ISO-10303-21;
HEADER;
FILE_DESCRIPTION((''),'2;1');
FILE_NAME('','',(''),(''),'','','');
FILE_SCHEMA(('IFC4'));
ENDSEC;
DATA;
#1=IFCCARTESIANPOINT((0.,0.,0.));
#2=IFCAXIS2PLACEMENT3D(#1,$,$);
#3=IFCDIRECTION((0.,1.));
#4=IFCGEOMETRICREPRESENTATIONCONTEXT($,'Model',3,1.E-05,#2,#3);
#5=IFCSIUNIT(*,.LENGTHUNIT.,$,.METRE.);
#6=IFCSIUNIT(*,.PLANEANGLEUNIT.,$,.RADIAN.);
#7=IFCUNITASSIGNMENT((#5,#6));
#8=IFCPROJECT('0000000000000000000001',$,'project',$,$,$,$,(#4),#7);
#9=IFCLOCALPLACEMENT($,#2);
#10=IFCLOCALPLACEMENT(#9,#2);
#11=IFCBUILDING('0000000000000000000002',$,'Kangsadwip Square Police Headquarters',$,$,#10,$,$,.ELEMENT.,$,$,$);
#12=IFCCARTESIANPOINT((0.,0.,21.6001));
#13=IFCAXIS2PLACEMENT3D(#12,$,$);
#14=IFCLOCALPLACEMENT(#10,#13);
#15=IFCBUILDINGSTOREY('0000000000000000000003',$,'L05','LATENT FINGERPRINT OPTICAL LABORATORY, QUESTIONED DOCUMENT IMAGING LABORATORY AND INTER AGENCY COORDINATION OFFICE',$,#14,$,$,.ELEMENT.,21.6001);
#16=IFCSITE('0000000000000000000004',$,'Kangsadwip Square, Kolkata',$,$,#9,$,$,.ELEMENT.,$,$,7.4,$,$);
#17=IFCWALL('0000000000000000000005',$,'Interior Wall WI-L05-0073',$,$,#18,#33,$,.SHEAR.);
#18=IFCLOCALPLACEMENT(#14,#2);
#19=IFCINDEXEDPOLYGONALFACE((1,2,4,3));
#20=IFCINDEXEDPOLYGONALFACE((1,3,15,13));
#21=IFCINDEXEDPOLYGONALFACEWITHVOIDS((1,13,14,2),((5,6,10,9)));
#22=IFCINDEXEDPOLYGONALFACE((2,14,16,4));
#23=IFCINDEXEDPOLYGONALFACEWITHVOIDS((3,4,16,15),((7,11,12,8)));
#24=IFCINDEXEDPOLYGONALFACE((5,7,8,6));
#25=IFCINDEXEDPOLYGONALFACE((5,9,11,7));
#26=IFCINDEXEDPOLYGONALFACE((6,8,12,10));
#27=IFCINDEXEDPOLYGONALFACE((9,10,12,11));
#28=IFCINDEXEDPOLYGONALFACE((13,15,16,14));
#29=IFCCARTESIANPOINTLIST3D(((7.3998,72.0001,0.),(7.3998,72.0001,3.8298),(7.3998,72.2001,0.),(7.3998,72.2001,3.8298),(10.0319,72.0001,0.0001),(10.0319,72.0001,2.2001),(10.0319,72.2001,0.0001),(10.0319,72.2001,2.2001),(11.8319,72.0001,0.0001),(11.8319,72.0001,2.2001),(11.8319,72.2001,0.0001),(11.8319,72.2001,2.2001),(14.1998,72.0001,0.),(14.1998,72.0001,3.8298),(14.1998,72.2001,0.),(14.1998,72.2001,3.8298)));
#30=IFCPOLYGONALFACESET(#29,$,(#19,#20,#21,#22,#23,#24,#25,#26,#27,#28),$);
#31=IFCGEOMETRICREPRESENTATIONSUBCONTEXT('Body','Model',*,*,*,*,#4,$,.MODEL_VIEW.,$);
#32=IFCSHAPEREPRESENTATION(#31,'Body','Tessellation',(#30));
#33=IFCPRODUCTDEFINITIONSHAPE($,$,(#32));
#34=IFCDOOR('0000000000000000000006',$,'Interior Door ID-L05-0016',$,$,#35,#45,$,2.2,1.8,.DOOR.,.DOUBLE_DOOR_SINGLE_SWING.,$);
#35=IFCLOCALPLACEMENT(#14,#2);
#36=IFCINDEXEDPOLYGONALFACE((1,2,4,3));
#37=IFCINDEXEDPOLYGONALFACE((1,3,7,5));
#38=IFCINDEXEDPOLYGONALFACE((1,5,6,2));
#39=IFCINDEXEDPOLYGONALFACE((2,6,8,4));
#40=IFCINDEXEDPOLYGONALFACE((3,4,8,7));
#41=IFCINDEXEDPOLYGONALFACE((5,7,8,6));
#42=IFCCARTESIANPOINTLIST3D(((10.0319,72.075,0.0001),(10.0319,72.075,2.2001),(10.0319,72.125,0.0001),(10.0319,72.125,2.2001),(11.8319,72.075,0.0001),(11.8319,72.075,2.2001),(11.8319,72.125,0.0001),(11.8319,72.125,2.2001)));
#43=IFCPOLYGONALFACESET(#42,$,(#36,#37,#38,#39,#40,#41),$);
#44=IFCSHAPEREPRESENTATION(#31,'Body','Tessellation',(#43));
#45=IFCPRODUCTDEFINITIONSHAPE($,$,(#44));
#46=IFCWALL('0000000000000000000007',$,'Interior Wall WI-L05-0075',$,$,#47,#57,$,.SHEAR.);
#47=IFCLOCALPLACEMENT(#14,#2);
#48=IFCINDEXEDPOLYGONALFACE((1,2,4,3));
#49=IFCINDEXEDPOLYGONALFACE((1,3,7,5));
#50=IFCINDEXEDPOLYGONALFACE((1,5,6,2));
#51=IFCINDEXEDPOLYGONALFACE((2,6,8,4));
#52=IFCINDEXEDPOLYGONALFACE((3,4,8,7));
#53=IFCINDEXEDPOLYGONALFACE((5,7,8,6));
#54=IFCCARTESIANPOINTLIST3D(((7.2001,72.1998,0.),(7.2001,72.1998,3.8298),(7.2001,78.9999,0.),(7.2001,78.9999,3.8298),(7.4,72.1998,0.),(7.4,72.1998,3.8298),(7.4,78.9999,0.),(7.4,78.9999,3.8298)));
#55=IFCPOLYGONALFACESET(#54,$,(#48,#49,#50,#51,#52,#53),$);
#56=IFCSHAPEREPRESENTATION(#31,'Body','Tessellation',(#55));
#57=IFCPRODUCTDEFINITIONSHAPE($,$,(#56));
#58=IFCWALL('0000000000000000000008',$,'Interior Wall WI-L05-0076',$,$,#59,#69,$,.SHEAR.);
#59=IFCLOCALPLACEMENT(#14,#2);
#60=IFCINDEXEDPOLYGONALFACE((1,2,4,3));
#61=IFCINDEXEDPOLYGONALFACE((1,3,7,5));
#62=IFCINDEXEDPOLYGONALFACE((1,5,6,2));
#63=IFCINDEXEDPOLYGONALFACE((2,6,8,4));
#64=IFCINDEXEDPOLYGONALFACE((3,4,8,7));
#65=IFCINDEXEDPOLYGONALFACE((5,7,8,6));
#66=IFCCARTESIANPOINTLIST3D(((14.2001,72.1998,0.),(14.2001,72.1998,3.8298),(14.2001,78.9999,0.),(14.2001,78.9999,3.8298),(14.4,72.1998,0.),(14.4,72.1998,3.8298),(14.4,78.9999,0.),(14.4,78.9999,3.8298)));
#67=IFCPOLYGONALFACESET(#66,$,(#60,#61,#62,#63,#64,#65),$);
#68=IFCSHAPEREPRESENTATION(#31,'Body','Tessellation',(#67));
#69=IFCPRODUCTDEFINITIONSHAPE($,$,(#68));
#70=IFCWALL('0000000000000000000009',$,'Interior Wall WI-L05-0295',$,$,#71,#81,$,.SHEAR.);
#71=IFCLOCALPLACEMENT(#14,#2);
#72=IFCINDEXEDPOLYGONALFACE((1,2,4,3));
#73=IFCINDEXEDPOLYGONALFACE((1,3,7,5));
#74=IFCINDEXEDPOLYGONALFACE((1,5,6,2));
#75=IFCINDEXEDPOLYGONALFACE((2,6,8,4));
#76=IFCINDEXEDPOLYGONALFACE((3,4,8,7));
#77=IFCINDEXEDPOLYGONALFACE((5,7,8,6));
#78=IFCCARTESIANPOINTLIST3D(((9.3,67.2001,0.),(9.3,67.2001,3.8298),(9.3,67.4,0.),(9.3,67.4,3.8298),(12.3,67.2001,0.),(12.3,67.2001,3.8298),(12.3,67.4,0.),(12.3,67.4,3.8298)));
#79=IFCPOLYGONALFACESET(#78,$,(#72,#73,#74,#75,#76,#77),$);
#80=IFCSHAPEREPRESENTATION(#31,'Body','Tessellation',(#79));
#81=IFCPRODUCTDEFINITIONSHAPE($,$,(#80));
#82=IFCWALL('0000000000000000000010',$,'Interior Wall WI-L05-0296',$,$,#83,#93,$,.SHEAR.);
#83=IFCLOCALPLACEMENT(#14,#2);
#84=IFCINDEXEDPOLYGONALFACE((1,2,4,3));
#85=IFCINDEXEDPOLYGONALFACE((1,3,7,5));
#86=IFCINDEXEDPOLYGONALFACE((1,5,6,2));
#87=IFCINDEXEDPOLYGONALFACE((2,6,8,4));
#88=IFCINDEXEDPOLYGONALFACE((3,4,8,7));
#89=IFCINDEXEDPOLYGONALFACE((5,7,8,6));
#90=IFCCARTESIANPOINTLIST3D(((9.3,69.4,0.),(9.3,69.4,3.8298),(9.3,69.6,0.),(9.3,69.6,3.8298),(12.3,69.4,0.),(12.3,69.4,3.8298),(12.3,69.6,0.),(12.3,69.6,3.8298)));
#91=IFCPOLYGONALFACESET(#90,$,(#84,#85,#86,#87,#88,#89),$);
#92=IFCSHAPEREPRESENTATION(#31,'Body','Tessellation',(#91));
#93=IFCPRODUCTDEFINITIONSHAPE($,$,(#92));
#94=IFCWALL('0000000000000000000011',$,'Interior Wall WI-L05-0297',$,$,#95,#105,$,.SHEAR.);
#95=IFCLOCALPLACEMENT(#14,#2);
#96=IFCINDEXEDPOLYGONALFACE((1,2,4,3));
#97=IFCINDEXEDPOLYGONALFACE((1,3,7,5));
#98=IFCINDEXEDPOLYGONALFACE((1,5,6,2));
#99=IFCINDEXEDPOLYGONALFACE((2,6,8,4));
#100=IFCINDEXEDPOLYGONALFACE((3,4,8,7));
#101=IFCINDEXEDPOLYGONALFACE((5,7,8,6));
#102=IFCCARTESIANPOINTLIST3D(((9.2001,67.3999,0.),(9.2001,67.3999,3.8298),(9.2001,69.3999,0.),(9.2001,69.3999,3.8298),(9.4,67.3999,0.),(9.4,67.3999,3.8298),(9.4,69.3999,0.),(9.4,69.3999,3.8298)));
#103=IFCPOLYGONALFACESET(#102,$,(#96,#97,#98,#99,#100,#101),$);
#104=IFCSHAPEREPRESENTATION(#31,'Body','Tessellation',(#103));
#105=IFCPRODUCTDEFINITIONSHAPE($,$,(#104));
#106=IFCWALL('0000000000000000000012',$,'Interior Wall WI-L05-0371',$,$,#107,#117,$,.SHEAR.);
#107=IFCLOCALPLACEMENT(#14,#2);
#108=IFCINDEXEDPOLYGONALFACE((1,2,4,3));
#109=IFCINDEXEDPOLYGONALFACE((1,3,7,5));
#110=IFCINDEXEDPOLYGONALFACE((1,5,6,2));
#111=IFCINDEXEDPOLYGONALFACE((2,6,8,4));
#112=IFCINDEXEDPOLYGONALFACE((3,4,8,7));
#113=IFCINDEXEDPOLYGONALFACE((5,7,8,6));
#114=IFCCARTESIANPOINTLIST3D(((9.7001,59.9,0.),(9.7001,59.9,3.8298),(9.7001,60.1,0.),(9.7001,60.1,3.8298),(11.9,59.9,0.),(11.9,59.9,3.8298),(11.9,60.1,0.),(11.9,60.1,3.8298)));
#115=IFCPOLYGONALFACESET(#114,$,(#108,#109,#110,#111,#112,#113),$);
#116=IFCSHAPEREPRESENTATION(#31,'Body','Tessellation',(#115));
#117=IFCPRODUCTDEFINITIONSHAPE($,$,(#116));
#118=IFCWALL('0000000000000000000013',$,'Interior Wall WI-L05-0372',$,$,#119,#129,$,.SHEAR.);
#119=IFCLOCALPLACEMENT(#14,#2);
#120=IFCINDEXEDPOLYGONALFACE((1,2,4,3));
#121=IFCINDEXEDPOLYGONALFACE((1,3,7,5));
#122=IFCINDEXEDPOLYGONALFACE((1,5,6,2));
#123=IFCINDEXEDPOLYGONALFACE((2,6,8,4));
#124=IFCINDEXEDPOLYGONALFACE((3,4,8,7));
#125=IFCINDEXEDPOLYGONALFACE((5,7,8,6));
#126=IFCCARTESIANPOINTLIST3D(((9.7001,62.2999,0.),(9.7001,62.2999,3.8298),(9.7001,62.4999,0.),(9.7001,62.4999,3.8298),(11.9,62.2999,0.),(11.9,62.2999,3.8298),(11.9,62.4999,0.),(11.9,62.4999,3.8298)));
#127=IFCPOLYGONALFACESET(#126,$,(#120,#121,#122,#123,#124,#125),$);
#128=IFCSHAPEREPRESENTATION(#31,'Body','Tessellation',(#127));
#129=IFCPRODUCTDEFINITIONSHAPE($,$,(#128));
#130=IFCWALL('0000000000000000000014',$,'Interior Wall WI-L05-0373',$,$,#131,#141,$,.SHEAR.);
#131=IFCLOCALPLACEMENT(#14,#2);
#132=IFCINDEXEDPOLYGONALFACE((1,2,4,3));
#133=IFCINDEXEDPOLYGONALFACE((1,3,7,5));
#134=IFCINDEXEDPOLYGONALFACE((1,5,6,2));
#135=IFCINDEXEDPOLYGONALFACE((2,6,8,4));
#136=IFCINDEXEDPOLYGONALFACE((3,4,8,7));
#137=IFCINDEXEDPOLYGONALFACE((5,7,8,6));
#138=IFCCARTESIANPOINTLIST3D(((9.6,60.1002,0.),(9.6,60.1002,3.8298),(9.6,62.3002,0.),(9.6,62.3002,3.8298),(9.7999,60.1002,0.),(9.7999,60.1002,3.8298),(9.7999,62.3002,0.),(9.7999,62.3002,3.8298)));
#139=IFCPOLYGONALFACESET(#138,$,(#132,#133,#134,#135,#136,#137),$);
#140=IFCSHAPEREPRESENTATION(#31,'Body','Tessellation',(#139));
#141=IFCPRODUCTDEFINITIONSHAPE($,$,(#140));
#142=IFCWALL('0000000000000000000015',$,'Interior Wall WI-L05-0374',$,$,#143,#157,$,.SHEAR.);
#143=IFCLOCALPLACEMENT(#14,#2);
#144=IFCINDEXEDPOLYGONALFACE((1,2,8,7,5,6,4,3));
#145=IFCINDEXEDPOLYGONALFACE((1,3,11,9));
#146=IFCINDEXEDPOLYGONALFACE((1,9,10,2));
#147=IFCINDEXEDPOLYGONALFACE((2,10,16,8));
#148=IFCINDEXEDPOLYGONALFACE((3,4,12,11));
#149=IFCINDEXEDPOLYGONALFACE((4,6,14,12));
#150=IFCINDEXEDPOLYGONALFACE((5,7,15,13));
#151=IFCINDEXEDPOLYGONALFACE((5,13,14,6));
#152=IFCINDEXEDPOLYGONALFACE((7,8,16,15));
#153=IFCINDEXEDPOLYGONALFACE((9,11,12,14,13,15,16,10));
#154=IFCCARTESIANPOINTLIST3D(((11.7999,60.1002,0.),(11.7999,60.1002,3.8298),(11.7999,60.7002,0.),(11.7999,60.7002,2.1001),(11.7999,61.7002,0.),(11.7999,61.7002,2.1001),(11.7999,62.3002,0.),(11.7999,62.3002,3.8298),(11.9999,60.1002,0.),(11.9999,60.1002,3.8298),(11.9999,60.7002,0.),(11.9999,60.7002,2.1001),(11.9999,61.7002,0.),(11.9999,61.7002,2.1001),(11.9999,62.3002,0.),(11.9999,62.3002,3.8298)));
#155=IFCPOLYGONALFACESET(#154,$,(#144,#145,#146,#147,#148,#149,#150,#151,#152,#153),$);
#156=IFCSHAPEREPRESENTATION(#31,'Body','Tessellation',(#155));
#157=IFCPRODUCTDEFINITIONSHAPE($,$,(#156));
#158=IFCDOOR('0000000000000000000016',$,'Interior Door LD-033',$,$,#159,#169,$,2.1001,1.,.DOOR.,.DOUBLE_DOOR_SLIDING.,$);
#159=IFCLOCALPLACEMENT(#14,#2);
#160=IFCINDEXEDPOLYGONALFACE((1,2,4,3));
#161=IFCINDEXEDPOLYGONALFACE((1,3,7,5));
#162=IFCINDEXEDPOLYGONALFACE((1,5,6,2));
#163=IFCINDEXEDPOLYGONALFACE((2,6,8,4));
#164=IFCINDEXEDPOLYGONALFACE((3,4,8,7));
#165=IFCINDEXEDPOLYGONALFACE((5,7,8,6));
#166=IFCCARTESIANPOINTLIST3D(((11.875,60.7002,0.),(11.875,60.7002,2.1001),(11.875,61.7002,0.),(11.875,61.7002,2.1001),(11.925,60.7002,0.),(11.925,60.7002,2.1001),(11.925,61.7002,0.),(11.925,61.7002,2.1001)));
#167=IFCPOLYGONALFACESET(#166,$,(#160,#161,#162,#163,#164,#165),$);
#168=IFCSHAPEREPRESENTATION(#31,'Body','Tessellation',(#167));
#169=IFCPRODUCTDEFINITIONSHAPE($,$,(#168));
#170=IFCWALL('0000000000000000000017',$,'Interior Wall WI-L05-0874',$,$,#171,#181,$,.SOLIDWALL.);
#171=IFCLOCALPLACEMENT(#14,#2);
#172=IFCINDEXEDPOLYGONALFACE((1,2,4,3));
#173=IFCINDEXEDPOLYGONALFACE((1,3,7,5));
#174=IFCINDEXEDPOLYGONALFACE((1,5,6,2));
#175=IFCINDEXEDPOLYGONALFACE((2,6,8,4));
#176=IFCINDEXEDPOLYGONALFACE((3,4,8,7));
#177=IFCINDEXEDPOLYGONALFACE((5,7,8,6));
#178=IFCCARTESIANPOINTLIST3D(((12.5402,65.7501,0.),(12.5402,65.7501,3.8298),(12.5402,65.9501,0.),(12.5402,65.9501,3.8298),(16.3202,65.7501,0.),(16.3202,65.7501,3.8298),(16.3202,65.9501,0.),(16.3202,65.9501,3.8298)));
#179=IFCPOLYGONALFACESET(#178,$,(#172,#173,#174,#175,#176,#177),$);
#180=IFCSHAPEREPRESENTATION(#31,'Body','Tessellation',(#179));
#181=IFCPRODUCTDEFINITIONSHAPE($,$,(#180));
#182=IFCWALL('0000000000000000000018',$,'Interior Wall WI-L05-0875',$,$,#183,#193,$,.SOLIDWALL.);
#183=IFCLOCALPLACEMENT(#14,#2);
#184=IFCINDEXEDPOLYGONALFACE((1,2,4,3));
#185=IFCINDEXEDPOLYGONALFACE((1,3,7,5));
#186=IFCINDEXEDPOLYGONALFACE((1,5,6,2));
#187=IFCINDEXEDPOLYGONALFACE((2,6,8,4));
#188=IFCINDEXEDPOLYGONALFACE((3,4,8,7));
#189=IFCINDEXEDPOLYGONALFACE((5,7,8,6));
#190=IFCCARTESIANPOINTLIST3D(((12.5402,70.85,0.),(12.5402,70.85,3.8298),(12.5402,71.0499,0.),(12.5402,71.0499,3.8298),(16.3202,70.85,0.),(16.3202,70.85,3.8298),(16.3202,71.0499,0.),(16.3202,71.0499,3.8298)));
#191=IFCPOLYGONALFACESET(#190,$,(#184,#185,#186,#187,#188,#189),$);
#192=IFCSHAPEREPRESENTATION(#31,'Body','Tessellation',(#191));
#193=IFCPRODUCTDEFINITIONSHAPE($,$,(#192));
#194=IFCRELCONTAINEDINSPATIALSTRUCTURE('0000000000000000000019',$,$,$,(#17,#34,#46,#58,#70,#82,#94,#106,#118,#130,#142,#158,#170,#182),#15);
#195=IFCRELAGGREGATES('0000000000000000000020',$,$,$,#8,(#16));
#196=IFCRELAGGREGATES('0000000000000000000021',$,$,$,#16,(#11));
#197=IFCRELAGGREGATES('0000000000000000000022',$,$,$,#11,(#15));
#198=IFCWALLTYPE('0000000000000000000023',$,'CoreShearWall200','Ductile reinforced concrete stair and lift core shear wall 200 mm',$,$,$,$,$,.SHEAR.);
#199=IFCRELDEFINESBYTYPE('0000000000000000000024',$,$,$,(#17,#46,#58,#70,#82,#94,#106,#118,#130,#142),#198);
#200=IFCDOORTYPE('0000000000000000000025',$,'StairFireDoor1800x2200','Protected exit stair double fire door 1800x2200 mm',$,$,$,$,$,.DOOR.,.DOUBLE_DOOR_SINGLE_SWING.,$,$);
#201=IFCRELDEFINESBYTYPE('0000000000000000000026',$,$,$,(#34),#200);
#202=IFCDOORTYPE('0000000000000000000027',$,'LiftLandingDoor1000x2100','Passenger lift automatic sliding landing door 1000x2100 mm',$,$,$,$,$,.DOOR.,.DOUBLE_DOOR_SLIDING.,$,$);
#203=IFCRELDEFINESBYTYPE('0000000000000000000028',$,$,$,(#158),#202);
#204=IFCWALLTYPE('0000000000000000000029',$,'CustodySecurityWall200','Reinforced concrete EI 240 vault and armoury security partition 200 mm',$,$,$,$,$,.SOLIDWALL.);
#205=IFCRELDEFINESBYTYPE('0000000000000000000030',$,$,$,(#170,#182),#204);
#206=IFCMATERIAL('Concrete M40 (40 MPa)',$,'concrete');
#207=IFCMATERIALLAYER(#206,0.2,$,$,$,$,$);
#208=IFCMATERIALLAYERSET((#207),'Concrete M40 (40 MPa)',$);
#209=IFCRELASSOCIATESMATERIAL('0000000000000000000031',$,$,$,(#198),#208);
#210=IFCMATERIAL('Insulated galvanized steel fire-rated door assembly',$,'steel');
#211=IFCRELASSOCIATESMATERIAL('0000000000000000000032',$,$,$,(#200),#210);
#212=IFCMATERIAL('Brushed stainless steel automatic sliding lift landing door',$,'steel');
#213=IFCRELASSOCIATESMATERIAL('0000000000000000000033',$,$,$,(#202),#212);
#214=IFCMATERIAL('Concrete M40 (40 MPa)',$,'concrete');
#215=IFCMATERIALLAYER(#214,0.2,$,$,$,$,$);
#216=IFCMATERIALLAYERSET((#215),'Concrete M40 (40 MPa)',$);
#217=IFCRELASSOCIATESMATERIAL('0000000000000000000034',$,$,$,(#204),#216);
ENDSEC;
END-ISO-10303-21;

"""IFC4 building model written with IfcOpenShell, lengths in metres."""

from ifc_helpers import new_model, si_unit, direction, frame, frame_2d, origin, place, context, subcontext, project, spatial, rectangle, extrude, material, layer, layer_set, type_object, element, fill, save


model = new_model("IFC4")

# Units and contexts
model_context = context("Model", 3, precision=1e-05, world=origin(), true_north=direction((0.0, 1.0)))
body_context = subcontext(model_context, "Body", "Model", "MODEL_VIEW")
ifc_project = project(units=[si_unit("LENGTHUNIT", "METRE"), si_unit("PLANEANGLEUNIT", "RADIAN")], contexts=[model_context])

# Site, building, storey
site_placement = place(None, origin())
site = spatial("IfcSite", under=ifc_project, at=site_placement, Name="Kangsadwip Square, Kolkata", CompositionType="ELEMENT", RefElevation=7.4)
building_placement = place(site_placement, origin())
building = spatial("IfcBuilding", under=site, at=building_placement, Name="Kangsadwip Square Police Headquarters", CompositionType="ELEMENT")
storey_placement = place(building_placement, frame((0.0, 0.0, 21.6001)))
storey = spatial("IfcBuildingStorey", under=building, at=storey_placement, Name="L05", Description="LATENT FINGERPRINT OPTICAL LABORATORY, QUESTIONED DOCUMENT IMAGING LABORATORY AND INTER AGENCY COORDINATION OFFICE", CompositionType="ELEMENT", Elevation=21.6001)

# Wall, opening, door
ifc_material_1 = material(Name="Concrete M40 (40 MPa)", Category="concrete")
ifc_layer_1 = layer(ifc_material_1, 0.2)
ifc_layer_set_1 = layer_set([ifc_layer_1], Name="Concrete M40 (40 MPa)")
wall_type_1 = type_object("IfcWallType", Name="CoreShearWall200", Description="Ductile reinforced concrete stair and lift core shear wall 200 mm", PredefinedType="SHEAR", material=ifc_layer_set_1)
wall_1_placement = place(storey_placement, frame((7.3999, 72.1001, 0.0), z_axis=(0.0, 0.0, 1.0), x_axis=(1.0, 0.0, 0.0)))
wall_1 = element("IfcWall", 1, at=wall_1_placement, inside=storey, type_object=wall_type_1, Name="Interior Wall WI-L05-0073", PredefinedType="SHEAR", context=body_context, shape_type="SweptSolid", body=[
    extrude(rectangle(XDim=6.8, YDim=0.2, at=frame_2d((3.3999, 0.0))), origin(), (0.0, 0.0, 1.0), 3.8298),
])
opening_1_placement = place(wall_1_placement, frame((2.6321, 0.0, 0.0)))
opening_1 = element("IfcOpeningElement", 2, at=opening_1_placement, cuts=wall_1, PredefinedType="OPENING", context=body_context, shape_type="SweptSolid", body=[
    extrude(rectangle(XDim=1.8, YDim=2.2, at=frame_2d((0.8999, 1.1001))), frame((0.0, 0.1099, 0.0), z_axis=(0.0, -1.0, 0.0), x_axis=(1.0, 0.0, 0.0)), (0.0, 0.0, 1.0), 0.22),
])
ifc_material_2 = material(Name="Insulated galvanized steel fire-rated door assembly", Category="steel")
door_type_1 = type_object("IfcDoorType", Name="StairFireDoor1800x2200", Description="Protected exit stair double fire door 1800x2200 mm", OperationType="DOUBLE_DOOR_SINGLE_SWING", PredefinedType="DOOR", material=ifc_material_2)
door_1_placement = place(opening_1_placement, origin())
door_1 = element("IfcDoor", 3, at=door_1_placement, inside=storey, type_object=door_type_1, Name="Interior Door ID-L05-0016", OperationType="DOUBLE_DOOR_SINGLE_SWING", OverallHeight=2.2, OverallWidth=1.8, PredefinedType="DOOR", context=body_context, shape_type="SweptSolid", body=[
    extrude(rectangle(XDim=1.8, YDim=2.2, at=frame_2d((0.8999, 1.1001))), frame((0.0, 0.0249, 0.0), z_axis=(0.0, -1.0, 0.0), x_axis=(1.0, 0.0, 0.0)), (0.0, 0.0, 1.0), 0.05),
])
fill(opening_1, door_1)

# Walls
for number, where, z_axis, x_axis, name in (
    (4, (7.3, 72.2, 0.0), (0.0, 0.0, 1.0), (0.0, 1.0, 0.0), "Interior Wall WI-L05-0075"),
    (5, (14.3, 72.2, 0.0), (0.0, 0.0, 1.0), (0.0, 1.0, 0.0), "Interior Wall WI-L05-0076"),
):
    element("IfcWall", number, at=place(storey_placement, frame(where, z_axis=z_axis, x_axis=x_axis)), inside=storey, type_object=wall_type_1, Name=name, PredefinedType="SHEAR", context=body_context, shape_type="SweptSolid", body=[
        extrude(rectangle(XDim=6.8, YDim=0.2, at=frame_2d((3.3999, 0.0))), origin(), (0.0, 0.0, 1.0), 3.8298),
    ])
for number, where, z_axis, x_axis, name in (
    (6, (9.3, 67.3, 0.0), (0.0, 0.0, 1.0), (1.0, 0.0, 0.0), "Interior Wall WI-L05-0295"),
    (7, (9.3, 69.5, 0.0), (0.0, 0.0, 1.0), (1.0, 0.0, 0.0), "Interior Wall WI-L05-0296"),
):
    element("IfcWall", number, at=place(storey_placement, frame(where, z_axis=z_axis, x_axis=x_axis)), inside=storey, type_object=wall_type_1, Name=name, PredefinedType="SHEAR", context=body_context, shape_type="SweptSolid", body=[
        extrude(rectangle(XDim=3.0, YDim=0.2, at=frame_2d((1.5, 0.0))), origin(), (0.0, 0.0, 1.0), 3.8298),
    ])
wall_2_placement = place(storey_placement, frame((9.3, 67.3999, 0.0), z_axis=(0.0, 0.0, 1.0), x_axis=(0.0, 1.0, 0.0)))
element("IfcWall", 8, at=wall_2_placement, inside=storey, type_object=wall_type_1, Name="Interior Wall WI-L05-0297", PredefinedType="SHEAR", context=body_context, shape_type="SweptSolid", body=[
    extrude(rectangle(XDim=2.0, YDim=0.2, at=frame_2d((1.0, 0.0))), origin(), (0.0, 0.0, 1.0), 3.8298),
])

# Walls
for number, where, z_axis, x_axis, name in (
    (9, (9.7, 60.0, 0.0), (0.0, 0.0, 1.0), (1.0, 0.0, 0.0), "Interior Wall WI-L05-0371"),
    (10, (9.7, 62.3999, 0.0), (0.0, 0.0, 1.0), (1.0, 0.0, 0.0), "Interior Wall WI-L05-0372"),
    (11, (9.7, 60.1001, 0.0), (0.0, 0.0, 1.0), (0.0, 1.0, 0.0), "Interior Wall WI-L05-0373"),
):
    element("IfcWall", number, at=place(storey_placement, frame(where, z_axis=z_axis, x_axis=x_axis)), inside=storey, type_object=wall_type_1, Name=name, PredefinedType="SHEAR", context=body_context, shape_type="SweptSolid", body=[
        extrude(rectangle(XDim=2.2, YDim=0.2, at=frame_2d((1.1001, 0.0))), origin(), (0.0, 0.0, 1.0), 3.8298),
    ])

# Wall, opening, door
wall_3_placement = place(storey_placement, frame((11.8999, 60.1001, 0.0), z_axis=(0.0, 0.0, 1.0), x_axis=(0.0, 1.0, 0.0)))
wall_3 = element("IfcWall", 12, at=wall_3_placement, inside=storey, type_object=wall_type_1, Name="Interior Wall WI-L05-0374", PredefinedType="SHEAR", context=body_context, shape_type="SweptSolid", body=[
    extrude(rectangle(XDim=2.2, YDim=0.2, at=frame_2d((1.1001, 0.0))), origin(), (0.0, 0.0, 1.0), 3.8298),
])
opening_2_placement = place(wall_3_placement, frame((0.6001, 0.0, 0.0)))
opening_2 = element("IfcOpeningElement", 13, at=opening_2_placement, cuts=wall_3, PredefinedType="OPENING", context=body_context, shape_type="SweptSolid", body=[
    extrude(rectangle(XDim=1.0, YDim=2.1001, at=frame_2d((0.5, 1.05))), frame((0.0, 0.1099, 0.0), z_axis=(0.0, -1.0, 0.0), x_axis=(1.0, 0.0, 0.0)), (0.0, 0.0, 1.0), 0.22),
])
ifc_material_3 = material(Name="Brushed stainless steel automatic sliding lift landing door", Category="steel")
door_type_2 = type_object("IfcDoorType", Name="LiftLandingDoor1000x2100", Description="Passenger lift automatic sliding landing door 1000x2100 mm", OperationType="DOUBLE_DOOR_SLIDING", PredefinedType="DOOR", material=ifc_material_3)
door_2_placement = place(opening_2_placement, origin())
door_2 = element("IfcDoor", 14, at=door_2_placement, inside=storey, type_object=door_type_2, Name="Interior Door LD-033", OperationType="DOUBLE_DOOR_SLIDING", OverallHeight=2.1001, OverallWidth=1.0, PredefinedType="DOOR", context=body_context, shape_type="SweptSolid", body=[
    extrude(rectangle(XDim=1.0, YDim=2.1001, at=frame_2d((0.5, 1.05))), frame((0.0, 0.0249, 0.0), z_axis=(0.0, -1.0, 0.0), x_axis=(1.0, 0.0, 0.0)), (0.0, 0.0, 1.0), 0.05),
])
fill(opening_2, door_2)

# Walls
ifc_material_4 = material(Name="Concrete M40 (40 MPa)", Category="concrete")
ifc_layer_2 = layer(ifc_material_4, 0.2)
ifc_layer_set_2 = layer_set([ifc_layer_2], Name="Concrete M40 (40 MPa)")
wall_type_2 = type_object("IfcWallType", Name="CustodySecurityWall200", Description="Reinforced concrete EI 240 vault and armoury security partition 200 mm", PredefinedType="SOLIDWALL", material=ifc_layer_set_2)
for number, where, z_axis, x_axis, name in (
    (15, (12.54, 65.8501, 0.0), (0.0, 0.0, 1.0), (1.0, 0.0, 0.0), "Interior Wall WI-L05-0874"),
    (16, (12.54, 70.95, 0.0), (0.0, 0.0, 1.0), (1.0, 0.0, 0.0), "Interior Wall WI-L05-0875"),
):
    element("IfcWall", number, at=place(storey_placement, frame(where, z_axis=z_axis, x_axis=x_axis)), inside=storey, type_object=wall_type_2, Name=name, PredefinedType="SOLIDWALL", context=body_context, shape_type="SweptSolid", body=[
        extrude(rectangle(XDim=3.78, YDim=0.2, at=frame_2d((1.8901, 0.0))), origin(), (0.0, 0.0, 1.0), 3.8298),
    ])

save(model, "model.ifc")
